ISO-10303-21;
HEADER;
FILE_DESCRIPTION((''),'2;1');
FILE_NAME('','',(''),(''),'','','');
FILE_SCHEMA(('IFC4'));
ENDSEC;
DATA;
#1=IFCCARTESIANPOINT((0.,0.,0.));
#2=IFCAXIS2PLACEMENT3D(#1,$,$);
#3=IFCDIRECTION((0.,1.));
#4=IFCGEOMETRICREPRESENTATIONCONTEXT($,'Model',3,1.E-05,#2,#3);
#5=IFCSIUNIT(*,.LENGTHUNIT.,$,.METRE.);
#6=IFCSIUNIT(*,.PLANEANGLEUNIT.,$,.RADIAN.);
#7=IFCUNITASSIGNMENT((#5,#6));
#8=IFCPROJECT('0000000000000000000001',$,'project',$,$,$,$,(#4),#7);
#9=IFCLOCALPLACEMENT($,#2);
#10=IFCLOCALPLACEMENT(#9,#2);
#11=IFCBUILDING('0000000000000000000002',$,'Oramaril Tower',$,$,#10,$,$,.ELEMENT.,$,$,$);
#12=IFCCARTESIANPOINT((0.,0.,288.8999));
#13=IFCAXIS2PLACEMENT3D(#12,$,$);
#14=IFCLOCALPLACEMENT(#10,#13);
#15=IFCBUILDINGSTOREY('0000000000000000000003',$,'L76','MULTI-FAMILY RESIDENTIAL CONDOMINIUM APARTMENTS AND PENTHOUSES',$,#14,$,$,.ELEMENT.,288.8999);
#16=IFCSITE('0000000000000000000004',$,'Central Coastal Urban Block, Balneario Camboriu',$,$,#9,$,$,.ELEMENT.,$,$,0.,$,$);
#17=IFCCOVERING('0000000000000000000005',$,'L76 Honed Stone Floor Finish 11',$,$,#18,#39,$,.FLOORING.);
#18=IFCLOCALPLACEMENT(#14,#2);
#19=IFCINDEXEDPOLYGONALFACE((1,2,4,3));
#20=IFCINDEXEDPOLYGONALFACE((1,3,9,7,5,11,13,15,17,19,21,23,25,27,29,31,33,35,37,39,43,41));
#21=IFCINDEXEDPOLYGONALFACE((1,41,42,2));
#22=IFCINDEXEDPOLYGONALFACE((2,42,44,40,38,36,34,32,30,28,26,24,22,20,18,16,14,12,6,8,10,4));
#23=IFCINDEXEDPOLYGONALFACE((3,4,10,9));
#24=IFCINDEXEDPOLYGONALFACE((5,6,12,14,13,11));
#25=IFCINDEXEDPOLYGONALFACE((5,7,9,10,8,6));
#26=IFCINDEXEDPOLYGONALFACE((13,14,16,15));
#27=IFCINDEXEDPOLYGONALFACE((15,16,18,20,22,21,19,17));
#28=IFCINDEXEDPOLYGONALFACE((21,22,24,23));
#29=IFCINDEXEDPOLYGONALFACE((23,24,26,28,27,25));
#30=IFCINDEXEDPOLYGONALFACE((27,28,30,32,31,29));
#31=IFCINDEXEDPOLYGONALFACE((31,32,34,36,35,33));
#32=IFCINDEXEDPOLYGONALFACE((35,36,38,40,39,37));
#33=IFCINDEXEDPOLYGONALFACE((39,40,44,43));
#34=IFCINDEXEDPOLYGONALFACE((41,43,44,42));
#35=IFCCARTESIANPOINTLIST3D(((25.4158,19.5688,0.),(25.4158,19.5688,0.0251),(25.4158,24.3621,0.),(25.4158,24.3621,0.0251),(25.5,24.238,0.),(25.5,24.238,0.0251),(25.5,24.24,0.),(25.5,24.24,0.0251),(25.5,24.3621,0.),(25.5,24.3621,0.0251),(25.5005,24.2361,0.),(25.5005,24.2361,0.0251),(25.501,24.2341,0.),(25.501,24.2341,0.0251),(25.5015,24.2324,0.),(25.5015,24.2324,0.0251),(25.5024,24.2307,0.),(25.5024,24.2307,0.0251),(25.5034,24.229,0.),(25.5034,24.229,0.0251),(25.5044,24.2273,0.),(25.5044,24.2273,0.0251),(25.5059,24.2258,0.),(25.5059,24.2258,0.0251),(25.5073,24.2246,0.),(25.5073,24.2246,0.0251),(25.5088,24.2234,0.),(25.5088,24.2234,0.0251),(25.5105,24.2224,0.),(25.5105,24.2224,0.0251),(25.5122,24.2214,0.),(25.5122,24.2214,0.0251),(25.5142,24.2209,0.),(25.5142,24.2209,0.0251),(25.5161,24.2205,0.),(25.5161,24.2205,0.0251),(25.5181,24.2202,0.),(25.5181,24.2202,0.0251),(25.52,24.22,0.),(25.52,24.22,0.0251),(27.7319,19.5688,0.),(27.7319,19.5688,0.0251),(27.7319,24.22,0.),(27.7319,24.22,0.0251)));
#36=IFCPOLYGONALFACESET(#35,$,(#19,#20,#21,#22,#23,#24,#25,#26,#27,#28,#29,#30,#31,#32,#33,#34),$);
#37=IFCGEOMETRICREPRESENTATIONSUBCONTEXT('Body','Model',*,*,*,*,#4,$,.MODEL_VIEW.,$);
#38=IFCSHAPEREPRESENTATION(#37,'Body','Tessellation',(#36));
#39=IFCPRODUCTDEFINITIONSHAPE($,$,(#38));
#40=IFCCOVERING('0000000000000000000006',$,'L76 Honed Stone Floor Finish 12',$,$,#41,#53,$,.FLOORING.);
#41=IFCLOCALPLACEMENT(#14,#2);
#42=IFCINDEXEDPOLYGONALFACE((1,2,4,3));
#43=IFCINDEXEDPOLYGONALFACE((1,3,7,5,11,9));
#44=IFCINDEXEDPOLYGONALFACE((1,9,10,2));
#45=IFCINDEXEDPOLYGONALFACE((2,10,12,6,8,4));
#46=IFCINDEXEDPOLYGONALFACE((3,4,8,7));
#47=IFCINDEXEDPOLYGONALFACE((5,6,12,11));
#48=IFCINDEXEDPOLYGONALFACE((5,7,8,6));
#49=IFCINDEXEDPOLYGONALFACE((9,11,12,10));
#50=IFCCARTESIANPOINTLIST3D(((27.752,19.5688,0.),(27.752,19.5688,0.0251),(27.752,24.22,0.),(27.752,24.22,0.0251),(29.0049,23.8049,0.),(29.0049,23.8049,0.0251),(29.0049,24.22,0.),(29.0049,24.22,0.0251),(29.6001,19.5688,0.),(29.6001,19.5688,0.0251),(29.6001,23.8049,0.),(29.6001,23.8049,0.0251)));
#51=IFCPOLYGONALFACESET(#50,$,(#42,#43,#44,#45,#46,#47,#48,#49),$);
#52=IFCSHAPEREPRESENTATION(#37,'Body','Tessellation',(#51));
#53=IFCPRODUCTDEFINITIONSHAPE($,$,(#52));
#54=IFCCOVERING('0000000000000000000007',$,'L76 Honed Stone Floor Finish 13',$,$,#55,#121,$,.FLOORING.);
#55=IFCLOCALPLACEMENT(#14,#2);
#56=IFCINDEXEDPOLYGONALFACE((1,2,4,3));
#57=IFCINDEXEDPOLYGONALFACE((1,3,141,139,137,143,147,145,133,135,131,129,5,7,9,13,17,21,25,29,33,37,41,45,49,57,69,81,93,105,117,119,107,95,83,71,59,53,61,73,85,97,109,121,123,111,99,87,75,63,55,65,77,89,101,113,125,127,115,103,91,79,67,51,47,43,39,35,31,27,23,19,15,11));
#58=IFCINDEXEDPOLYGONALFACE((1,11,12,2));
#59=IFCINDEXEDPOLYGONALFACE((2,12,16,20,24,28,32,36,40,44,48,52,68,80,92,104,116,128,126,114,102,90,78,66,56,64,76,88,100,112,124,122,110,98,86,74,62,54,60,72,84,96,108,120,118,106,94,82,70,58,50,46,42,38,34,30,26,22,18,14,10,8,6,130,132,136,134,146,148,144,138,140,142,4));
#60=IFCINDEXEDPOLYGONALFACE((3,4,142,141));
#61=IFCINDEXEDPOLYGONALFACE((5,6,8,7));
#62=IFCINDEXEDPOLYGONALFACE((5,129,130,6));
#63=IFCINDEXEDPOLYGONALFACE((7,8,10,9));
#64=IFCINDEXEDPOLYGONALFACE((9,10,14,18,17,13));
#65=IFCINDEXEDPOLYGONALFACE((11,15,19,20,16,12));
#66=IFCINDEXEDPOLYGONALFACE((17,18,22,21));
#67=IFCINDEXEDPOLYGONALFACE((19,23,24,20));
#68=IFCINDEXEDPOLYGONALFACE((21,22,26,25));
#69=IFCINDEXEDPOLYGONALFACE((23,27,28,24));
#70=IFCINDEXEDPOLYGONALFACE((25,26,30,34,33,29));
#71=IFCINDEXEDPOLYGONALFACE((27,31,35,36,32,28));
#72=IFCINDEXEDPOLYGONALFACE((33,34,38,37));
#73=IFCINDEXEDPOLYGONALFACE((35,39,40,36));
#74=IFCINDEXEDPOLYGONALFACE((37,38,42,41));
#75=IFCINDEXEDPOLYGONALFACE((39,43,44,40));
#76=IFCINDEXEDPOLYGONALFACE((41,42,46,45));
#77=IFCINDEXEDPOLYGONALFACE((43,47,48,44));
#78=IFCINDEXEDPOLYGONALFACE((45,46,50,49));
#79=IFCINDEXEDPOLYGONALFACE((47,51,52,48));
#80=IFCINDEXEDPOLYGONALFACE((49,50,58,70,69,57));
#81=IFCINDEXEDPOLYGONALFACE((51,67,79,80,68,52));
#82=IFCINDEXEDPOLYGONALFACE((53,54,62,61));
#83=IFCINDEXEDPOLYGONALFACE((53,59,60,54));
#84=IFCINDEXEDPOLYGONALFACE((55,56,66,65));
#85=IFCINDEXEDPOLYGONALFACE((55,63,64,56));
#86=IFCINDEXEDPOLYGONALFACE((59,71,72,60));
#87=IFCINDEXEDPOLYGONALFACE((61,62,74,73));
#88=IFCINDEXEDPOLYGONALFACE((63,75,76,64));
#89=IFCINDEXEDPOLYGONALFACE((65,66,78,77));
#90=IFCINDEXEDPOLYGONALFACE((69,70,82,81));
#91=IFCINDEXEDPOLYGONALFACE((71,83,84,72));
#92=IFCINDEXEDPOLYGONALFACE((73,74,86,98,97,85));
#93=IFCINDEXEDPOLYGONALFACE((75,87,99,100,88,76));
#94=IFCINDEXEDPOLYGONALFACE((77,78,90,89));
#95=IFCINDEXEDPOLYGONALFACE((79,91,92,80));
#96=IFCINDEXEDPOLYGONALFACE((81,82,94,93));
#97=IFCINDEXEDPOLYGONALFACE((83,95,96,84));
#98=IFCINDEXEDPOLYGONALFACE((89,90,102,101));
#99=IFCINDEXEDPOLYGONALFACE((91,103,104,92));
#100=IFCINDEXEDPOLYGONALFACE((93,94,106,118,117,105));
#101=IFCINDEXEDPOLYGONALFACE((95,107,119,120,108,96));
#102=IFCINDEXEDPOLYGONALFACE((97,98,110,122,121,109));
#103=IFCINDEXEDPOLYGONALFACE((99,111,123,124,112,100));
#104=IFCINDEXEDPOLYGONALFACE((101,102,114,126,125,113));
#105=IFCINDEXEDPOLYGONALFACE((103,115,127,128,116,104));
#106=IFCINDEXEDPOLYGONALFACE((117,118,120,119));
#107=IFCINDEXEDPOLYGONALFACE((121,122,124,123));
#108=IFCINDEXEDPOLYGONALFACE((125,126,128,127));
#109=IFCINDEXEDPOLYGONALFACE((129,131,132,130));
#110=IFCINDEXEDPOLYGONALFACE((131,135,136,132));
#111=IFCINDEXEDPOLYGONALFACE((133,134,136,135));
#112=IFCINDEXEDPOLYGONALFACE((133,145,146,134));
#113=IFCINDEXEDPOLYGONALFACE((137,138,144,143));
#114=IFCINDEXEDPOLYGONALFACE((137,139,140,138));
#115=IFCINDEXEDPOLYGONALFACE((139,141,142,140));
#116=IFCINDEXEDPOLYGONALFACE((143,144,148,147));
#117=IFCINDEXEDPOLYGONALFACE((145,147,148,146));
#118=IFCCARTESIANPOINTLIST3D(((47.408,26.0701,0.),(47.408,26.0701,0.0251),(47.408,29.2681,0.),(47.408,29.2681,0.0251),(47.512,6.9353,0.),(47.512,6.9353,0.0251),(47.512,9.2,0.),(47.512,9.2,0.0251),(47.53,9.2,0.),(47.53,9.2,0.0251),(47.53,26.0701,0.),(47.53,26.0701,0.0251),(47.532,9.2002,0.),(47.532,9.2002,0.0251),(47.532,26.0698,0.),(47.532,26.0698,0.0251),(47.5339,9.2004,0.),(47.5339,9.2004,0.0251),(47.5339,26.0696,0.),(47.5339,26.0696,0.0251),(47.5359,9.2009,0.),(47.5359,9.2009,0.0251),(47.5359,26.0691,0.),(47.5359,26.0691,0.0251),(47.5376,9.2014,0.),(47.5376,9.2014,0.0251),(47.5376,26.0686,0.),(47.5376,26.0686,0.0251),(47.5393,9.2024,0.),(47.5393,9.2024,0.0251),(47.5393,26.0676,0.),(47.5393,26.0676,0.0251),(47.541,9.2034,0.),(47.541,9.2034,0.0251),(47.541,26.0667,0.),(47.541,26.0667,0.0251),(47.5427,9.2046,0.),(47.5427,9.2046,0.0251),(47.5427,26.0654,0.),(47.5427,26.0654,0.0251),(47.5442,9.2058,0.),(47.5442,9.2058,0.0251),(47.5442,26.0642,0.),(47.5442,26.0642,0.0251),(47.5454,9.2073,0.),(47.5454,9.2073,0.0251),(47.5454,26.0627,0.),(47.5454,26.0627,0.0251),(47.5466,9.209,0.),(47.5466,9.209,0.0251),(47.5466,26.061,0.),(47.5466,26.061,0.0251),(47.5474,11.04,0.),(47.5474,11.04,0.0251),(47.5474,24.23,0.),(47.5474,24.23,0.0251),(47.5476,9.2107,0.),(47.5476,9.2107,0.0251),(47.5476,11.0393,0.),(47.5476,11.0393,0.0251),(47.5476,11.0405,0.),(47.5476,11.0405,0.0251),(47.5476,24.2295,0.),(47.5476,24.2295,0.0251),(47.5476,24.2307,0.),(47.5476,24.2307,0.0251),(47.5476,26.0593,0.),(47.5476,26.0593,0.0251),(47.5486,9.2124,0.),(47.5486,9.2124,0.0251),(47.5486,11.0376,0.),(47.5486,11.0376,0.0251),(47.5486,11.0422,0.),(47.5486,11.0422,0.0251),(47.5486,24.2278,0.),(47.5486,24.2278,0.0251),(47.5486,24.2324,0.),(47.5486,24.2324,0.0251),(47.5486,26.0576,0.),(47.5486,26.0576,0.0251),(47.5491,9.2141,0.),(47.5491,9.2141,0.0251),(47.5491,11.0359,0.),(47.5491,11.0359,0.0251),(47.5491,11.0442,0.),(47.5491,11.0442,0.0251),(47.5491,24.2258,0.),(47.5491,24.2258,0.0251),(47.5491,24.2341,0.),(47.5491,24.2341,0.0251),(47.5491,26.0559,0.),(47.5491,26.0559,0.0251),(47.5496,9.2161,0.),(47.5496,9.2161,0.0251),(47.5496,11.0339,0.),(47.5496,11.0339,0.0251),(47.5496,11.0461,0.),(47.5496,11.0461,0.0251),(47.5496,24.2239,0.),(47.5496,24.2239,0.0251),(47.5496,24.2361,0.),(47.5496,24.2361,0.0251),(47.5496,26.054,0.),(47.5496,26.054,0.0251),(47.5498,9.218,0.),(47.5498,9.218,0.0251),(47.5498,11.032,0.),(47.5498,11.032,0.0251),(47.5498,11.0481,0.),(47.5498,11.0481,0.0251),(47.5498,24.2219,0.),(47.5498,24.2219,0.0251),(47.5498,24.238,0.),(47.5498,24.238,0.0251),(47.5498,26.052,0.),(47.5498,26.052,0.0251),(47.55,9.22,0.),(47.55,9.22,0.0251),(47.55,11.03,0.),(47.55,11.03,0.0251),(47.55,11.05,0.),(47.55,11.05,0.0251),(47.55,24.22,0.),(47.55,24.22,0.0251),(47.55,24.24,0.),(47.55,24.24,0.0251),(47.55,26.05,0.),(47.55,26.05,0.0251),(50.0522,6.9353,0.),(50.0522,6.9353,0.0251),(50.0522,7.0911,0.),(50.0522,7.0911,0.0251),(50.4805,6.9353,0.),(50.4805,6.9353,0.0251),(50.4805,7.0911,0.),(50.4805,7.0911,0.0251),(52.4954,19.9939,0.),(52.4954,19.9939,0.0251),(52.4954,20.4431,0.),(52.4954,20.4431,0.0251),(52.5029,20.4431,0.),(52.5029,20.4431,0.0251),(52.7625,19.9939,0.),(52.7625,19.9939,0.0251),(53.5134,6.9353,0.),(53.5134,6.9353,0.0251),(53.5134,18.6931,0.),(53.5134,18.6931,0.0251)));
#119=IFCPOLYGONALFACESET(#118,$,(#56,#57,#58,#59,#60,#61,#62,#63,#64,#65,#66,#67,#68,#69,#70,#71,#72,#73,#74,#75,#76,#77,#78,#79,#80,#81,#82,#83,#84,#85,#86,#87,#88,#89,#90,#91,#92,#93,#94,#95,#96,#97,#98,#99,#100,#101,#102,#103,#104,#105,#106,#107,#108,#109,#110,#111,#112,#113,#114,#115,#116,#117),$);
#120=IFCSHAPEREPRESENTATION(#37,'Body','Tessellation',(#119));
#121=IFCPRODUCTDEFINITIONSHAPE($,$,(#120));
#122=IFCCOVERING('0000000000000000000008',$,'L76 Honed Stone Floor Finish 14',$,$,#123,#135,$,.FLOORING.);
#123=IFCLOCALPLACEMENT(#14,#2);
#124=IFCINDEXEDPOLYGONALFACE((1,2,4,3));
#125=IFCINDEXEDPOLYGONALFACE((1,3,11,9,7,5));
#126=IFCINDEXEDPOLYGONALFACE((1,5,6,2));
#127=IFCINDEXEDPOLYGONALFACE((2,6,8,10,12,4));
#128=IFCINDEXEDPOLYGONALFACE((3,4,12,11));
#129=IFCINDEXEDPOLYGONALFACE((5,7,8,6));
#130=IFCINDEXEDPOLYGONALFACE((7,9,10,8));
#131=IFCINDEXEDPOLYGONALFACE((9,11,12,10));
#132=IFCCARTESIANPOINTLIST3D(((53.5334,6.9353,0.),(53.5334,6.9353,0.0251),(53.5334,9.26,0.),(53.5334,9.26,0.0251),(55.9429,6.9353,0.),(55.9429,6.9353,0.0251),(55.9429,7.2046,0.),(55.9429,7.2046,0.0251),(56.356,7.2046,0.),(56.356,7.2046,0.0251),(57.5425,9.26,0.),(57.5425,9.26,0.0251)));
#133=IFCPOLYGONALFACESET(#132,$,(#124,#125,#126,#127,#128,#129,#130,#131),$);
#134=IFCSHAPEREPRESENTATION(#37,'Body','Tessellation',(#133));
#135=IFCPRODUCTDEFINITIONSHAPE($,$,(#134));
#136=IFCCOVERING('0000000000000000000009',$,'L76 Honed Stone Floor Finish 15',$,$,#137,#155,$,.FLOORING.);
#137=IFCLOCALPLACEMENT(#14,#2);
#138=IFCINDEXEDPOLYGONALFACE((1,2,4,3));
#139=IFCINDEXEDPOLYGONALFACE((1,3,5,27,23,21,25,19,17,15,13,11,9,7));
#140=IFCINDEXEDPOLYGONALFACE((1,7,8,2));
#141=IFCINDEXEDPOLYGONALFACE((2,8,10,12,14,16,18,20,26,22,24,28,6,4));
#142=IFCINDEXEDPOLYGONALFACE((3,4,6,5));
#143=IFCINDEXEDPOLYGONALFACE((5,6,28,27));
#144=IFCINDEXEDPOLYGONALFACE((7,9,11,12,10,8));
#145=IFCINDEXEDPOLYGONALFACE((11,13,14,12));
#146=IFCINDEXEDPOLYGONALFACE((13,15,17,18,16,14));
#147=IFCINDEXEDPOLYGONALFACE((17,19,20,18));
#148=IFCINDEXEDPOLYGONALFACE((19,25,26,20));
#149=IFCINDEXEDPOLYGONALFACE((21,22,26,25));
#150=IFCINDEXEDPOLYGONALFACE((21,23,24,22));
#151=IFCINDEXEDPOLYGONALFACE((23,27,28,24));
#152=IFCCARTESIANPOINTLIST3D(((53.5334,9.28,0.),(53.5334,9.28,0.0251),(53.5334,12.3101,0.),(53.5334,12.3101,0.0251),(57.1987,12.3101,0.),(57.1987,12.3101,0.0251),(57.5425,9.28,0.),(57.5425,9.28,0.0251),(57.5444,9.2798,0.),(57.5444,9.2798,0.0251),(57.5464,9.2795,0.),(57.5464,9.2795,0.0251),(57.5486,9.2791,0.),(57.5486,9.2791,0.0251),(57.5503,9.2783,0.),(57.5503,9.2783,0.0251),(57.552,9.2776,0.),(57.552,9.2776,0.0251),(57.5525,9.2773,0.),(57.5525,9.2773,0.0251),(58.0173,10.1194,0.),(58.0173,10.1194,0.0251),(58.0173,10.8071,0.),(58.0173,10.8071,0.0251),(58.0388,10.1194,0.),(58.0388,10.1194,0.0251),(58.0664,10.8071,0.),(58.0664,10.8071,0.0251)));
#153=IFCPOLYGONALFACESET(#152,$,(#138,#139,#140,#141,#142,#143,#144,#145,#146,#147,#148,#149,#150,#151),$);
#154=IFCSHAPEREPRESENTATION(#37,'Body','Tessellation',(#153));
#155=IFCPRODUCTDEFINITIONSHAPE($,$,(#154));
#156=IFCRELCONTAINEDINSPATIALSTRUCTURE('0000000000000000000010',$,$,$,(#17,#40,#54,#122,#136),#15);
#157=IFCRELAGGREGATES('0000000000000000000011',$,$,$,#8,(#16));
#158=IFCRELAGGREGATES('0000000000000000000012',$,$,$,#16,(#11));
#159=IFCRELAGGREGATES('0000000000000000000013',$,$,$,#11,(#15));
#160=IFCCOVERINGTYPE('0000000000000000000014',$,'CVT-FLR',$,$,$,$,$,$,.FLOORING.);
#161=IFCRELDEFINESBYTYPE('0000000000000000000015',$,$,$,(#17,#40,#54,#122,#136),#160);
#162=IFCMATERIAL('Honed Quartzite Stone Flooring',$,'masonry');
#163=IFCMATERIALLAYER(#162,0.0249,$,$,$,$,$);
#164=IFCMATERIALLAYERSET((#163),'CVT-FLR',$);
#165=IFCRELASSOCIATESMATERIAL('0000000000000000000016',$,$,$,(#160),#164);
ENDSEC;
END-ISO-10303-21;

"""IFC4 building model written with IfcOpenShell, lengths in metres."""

from ifc_helpers import new_model, si_unit, direction, frame, origin, place, context, subcontext, project, spatial, polyline, outline, extrude, material, layer, layer_set, type_object, element, save


model = new_model("IFC4")

# Units and contexts
model_context = context("Model", 3, precision=1e-05, world=origin(), true_north=direction((0.0, 1.0)))
body_context = subcontext(model_context, "Body", "Model", "MODEL_VIEW")
ifc_project = project(units=[si_unit("LENGTHUNIT", "METRE"), si_unit("PLANEANGLEUNIT", "RADIAN")], contexts=[model_context])

# Site, building, storey
site_placement = place(None, origin())
site = spatial("IfcSite", under=ifc_project, at=site_placement, Name="Central Coastal Urban Block, Balneario Camboriu", CompositionType="ELEMENT", RefElevation=0.0)
building_placement = place(site_placement, origin())
building = spatial("IfcBuilding", under=site, at=building_placement, Name="Oramaril Tower", CompositionType="ELEMENT")
storey_placement = place(building_placement, frame((0.0, 0.0, 288.8999)))
storey = spatial("IfcBuildingStorey", under=building, at=storey_placement, Name="L76", Description="MULTI-FAMILY RESIDENTIAL CONDOMINIUM APARTMENTS AND PENTHOUSES", CompositionType="ELEMENT", Elevation=288.8999)

# Coverings
ifc_material_1 = material(Name="Honed Quartzite Stone Flooring", Category="masonry")
ifc_layer_1 = layer(ifc_material_1, 0.0249)
ifc_layer_set_1 = layer_set([ifc_layer_1], Name="CVT-FLR")
covering_type_1 = type_object("IfcCoveringType", Name="CVT-FLR", PredefinedType="FLOORING", material=ifc_layer_set_1)
covering_1_placement = place(storey_placement, origin())
element("IfcCovering", 1, at=covering_1_placement, inside=storey, type_object=covering_type_1, Name="L76 Honed Stone Floor Finish 11", PredefinedType="FLOORING", context=body_context, shape_type="SweptSolid", body=[
    extrude(outline(polyline([(25.5, 24.3621), (25.5, 24.24), (25.5, 24.238), (25.5005, 24.2361), (25.501, 24.2341), (25.5015, 24.2324), (25.5024, 24.2307), (25.5034, 24.229), (25.5044, 24.2273), (25.5059, 24.2258), (25.5073, 24.2246), (25.5088, 24.2234), (25.5105, 24.2224), (25.5122, 24.2214), (25.5142, 24.2209), (25.5161, 24.2205), (25.5181, 24.2202), (25.52, 24.22), (27.7319, 24.22), (27.7319, 19.5688), (25.4158, 19.5688), (25.4158, 24.3621), (25.5, 24.3621)])), origin(), (0.0, 0.0, 1.0), 0.0251),
])
covering_2_placement = place(storey_placement, origin())
element("IfcCovering", 2, at=covering_2_placement, inside=storey, type_object=covering_type_1, Name="L76 Honed Stone Floor Finish 12", PredefinedType="FLOORING", context=body_context, shape_type="SweptSolid", body=[
    extrude(outline(polyline([(29.0049, 23.8049), (29.6001, 23.8049), (29.6001, 19.5688), (27.752, 19.5688), (27.752, 24.22), (29.0049, 24.22), (29.0049, 23.8049)])), origin(), (0.0, 0.0, 1.0), 0.0251),
])
covering_3_placement = place(storey_placement, origin())
element("IfcCovering", 3, at=covering_3_placement, inside=storey, type_object=covering_type_1, Name="L76 Honed Stone Floor Finish 13", PredefinedType="FLOORING", context=body_context, shape_type="SweptSolid", body=[
    extrude(outline(polyline([(52.5029, 20.4431), (52.4954, 20.4431), (52.4954, 19.9939), (52.7625, 19.9939), (53.5134, 18.6931), (53.5134, 6.9353), (50.4805, 6.9353), (50.4805, 7.0911), (50.0522, 7.0911), (50.0522, 6.9353), (47.512, 6.9353), (47.512, 9.2), (47.53, 9.2), (47.532, 9.2002), (47.5339, 9.2004), (47.5359, 9.2009), (47.5376, 9.2014), (47.5393, 9.2024), (47.541, 9.2034), (47.5427, 9.2046), (47.5442, 9.2058), (47.5454, 9.2073), (47.5466, 9.209), (47.5476, 9.2107), (47.5486, 9.2124), (47.5491, 9.2141), (47.5496, 9.2161), (47.5498, 9.218), (47.55, 9.22), (47.55, 11.03), (47.5498, 11.032), (47.5496, 11.0339), (47.5491, 11.0359), (47.5486, 11.0376), (47.5476, 11.0393), (47.5474, 11.04), (47.5476, 11.0405), (47.5486, 11.0422), (47.5491, 11.0442), (47.5496, 11.0461), (47.5498, 11.0481), (47.55, 11.05), (47.55, 24.22), (47.5498, 24.2219), (47.5496, 24.2239), (47.5491, 24.2258), (47.5486, 24.2278), (47.5476, 24.2295), (47.5474, 24.23), (47.5476, 24.2307), (47.5486, 24.2324), (47.5491, 24.2341), (47.5496, 24.2361), (47.5498, 24.238), (47.55, 24.24), (47.55, 26.05), (47.5498, 26.052), (47.5496, 26.054), (47.5491, 26.0559), (47.5486, 26.0576), (47.5476, 26.0593), (47.5466, 26.061), (47.5454, 26.0627), (47.5442, 26.0642), (47.5427, 26.0654), (47.541, 26.0667), (47.5393, 26.0676), (47.5376, 26.0686), (47.5359, 26.0691), (47.5339, 26.0696), (47.532, 26.0698), (47.53, 26.0701), (47.408, 26.0701), (47.408, 29.2681), (52.5029, 20.4431)])), origin(), (0.0, 0.0, 1.0), 0.0251),
])
covering_4_placement = place(storey_placement, origin())
element("IfcCovering", 4, at=covering_4_placement, inside=storey, type_object=covering_type_1, Name="L76 Honed Stone Floor Finish 14", PredefinedType="FLOORING", context=body_context, shape_type="SweptSolid", body=[
    extrude(outline(polyline([(56.356, 7.2046), (55.9429, 7.2046), (55.9429, 6.9353), (53.5334, 6.9353), (53.5334, 9.26), (57.5425, 9.26), (56.356, 7.2046)])), origin(), (0.0, 0.0, 1.0), 0.0251),
])
covering_5_placement = place(storey_placement, origin())
element("IfcCovering", 5, at=covering_5_placement, inside=storey, type_object=covering_type_1, Name="L76 Honed Stone Floor Finish 15", PredefinedType="FLOORING", context=body_context, shape_type="SweptSolid", body=[
    extrude(outline(polyline([(58.0664, 10.8071), (58.0173, 10.8071), (58.0173, 10.1194), (58.0388, 10.1194), (57.5525, 9.2773), (57.552, 9.2776), (57.5503, 9.2783), (57.5486, 9.2791), (57.5464, 9.2795), (57.5444, 9.2798), (57.5425, 9.28), (53.5334, 9.28), (53.5334, 12.3101), (57.1987, 12.3101), (58.0664, 10.8071)])), origin(), (0.0, 0.0, 1.0), 0.0251),
])

save(model, "model.ifc")
